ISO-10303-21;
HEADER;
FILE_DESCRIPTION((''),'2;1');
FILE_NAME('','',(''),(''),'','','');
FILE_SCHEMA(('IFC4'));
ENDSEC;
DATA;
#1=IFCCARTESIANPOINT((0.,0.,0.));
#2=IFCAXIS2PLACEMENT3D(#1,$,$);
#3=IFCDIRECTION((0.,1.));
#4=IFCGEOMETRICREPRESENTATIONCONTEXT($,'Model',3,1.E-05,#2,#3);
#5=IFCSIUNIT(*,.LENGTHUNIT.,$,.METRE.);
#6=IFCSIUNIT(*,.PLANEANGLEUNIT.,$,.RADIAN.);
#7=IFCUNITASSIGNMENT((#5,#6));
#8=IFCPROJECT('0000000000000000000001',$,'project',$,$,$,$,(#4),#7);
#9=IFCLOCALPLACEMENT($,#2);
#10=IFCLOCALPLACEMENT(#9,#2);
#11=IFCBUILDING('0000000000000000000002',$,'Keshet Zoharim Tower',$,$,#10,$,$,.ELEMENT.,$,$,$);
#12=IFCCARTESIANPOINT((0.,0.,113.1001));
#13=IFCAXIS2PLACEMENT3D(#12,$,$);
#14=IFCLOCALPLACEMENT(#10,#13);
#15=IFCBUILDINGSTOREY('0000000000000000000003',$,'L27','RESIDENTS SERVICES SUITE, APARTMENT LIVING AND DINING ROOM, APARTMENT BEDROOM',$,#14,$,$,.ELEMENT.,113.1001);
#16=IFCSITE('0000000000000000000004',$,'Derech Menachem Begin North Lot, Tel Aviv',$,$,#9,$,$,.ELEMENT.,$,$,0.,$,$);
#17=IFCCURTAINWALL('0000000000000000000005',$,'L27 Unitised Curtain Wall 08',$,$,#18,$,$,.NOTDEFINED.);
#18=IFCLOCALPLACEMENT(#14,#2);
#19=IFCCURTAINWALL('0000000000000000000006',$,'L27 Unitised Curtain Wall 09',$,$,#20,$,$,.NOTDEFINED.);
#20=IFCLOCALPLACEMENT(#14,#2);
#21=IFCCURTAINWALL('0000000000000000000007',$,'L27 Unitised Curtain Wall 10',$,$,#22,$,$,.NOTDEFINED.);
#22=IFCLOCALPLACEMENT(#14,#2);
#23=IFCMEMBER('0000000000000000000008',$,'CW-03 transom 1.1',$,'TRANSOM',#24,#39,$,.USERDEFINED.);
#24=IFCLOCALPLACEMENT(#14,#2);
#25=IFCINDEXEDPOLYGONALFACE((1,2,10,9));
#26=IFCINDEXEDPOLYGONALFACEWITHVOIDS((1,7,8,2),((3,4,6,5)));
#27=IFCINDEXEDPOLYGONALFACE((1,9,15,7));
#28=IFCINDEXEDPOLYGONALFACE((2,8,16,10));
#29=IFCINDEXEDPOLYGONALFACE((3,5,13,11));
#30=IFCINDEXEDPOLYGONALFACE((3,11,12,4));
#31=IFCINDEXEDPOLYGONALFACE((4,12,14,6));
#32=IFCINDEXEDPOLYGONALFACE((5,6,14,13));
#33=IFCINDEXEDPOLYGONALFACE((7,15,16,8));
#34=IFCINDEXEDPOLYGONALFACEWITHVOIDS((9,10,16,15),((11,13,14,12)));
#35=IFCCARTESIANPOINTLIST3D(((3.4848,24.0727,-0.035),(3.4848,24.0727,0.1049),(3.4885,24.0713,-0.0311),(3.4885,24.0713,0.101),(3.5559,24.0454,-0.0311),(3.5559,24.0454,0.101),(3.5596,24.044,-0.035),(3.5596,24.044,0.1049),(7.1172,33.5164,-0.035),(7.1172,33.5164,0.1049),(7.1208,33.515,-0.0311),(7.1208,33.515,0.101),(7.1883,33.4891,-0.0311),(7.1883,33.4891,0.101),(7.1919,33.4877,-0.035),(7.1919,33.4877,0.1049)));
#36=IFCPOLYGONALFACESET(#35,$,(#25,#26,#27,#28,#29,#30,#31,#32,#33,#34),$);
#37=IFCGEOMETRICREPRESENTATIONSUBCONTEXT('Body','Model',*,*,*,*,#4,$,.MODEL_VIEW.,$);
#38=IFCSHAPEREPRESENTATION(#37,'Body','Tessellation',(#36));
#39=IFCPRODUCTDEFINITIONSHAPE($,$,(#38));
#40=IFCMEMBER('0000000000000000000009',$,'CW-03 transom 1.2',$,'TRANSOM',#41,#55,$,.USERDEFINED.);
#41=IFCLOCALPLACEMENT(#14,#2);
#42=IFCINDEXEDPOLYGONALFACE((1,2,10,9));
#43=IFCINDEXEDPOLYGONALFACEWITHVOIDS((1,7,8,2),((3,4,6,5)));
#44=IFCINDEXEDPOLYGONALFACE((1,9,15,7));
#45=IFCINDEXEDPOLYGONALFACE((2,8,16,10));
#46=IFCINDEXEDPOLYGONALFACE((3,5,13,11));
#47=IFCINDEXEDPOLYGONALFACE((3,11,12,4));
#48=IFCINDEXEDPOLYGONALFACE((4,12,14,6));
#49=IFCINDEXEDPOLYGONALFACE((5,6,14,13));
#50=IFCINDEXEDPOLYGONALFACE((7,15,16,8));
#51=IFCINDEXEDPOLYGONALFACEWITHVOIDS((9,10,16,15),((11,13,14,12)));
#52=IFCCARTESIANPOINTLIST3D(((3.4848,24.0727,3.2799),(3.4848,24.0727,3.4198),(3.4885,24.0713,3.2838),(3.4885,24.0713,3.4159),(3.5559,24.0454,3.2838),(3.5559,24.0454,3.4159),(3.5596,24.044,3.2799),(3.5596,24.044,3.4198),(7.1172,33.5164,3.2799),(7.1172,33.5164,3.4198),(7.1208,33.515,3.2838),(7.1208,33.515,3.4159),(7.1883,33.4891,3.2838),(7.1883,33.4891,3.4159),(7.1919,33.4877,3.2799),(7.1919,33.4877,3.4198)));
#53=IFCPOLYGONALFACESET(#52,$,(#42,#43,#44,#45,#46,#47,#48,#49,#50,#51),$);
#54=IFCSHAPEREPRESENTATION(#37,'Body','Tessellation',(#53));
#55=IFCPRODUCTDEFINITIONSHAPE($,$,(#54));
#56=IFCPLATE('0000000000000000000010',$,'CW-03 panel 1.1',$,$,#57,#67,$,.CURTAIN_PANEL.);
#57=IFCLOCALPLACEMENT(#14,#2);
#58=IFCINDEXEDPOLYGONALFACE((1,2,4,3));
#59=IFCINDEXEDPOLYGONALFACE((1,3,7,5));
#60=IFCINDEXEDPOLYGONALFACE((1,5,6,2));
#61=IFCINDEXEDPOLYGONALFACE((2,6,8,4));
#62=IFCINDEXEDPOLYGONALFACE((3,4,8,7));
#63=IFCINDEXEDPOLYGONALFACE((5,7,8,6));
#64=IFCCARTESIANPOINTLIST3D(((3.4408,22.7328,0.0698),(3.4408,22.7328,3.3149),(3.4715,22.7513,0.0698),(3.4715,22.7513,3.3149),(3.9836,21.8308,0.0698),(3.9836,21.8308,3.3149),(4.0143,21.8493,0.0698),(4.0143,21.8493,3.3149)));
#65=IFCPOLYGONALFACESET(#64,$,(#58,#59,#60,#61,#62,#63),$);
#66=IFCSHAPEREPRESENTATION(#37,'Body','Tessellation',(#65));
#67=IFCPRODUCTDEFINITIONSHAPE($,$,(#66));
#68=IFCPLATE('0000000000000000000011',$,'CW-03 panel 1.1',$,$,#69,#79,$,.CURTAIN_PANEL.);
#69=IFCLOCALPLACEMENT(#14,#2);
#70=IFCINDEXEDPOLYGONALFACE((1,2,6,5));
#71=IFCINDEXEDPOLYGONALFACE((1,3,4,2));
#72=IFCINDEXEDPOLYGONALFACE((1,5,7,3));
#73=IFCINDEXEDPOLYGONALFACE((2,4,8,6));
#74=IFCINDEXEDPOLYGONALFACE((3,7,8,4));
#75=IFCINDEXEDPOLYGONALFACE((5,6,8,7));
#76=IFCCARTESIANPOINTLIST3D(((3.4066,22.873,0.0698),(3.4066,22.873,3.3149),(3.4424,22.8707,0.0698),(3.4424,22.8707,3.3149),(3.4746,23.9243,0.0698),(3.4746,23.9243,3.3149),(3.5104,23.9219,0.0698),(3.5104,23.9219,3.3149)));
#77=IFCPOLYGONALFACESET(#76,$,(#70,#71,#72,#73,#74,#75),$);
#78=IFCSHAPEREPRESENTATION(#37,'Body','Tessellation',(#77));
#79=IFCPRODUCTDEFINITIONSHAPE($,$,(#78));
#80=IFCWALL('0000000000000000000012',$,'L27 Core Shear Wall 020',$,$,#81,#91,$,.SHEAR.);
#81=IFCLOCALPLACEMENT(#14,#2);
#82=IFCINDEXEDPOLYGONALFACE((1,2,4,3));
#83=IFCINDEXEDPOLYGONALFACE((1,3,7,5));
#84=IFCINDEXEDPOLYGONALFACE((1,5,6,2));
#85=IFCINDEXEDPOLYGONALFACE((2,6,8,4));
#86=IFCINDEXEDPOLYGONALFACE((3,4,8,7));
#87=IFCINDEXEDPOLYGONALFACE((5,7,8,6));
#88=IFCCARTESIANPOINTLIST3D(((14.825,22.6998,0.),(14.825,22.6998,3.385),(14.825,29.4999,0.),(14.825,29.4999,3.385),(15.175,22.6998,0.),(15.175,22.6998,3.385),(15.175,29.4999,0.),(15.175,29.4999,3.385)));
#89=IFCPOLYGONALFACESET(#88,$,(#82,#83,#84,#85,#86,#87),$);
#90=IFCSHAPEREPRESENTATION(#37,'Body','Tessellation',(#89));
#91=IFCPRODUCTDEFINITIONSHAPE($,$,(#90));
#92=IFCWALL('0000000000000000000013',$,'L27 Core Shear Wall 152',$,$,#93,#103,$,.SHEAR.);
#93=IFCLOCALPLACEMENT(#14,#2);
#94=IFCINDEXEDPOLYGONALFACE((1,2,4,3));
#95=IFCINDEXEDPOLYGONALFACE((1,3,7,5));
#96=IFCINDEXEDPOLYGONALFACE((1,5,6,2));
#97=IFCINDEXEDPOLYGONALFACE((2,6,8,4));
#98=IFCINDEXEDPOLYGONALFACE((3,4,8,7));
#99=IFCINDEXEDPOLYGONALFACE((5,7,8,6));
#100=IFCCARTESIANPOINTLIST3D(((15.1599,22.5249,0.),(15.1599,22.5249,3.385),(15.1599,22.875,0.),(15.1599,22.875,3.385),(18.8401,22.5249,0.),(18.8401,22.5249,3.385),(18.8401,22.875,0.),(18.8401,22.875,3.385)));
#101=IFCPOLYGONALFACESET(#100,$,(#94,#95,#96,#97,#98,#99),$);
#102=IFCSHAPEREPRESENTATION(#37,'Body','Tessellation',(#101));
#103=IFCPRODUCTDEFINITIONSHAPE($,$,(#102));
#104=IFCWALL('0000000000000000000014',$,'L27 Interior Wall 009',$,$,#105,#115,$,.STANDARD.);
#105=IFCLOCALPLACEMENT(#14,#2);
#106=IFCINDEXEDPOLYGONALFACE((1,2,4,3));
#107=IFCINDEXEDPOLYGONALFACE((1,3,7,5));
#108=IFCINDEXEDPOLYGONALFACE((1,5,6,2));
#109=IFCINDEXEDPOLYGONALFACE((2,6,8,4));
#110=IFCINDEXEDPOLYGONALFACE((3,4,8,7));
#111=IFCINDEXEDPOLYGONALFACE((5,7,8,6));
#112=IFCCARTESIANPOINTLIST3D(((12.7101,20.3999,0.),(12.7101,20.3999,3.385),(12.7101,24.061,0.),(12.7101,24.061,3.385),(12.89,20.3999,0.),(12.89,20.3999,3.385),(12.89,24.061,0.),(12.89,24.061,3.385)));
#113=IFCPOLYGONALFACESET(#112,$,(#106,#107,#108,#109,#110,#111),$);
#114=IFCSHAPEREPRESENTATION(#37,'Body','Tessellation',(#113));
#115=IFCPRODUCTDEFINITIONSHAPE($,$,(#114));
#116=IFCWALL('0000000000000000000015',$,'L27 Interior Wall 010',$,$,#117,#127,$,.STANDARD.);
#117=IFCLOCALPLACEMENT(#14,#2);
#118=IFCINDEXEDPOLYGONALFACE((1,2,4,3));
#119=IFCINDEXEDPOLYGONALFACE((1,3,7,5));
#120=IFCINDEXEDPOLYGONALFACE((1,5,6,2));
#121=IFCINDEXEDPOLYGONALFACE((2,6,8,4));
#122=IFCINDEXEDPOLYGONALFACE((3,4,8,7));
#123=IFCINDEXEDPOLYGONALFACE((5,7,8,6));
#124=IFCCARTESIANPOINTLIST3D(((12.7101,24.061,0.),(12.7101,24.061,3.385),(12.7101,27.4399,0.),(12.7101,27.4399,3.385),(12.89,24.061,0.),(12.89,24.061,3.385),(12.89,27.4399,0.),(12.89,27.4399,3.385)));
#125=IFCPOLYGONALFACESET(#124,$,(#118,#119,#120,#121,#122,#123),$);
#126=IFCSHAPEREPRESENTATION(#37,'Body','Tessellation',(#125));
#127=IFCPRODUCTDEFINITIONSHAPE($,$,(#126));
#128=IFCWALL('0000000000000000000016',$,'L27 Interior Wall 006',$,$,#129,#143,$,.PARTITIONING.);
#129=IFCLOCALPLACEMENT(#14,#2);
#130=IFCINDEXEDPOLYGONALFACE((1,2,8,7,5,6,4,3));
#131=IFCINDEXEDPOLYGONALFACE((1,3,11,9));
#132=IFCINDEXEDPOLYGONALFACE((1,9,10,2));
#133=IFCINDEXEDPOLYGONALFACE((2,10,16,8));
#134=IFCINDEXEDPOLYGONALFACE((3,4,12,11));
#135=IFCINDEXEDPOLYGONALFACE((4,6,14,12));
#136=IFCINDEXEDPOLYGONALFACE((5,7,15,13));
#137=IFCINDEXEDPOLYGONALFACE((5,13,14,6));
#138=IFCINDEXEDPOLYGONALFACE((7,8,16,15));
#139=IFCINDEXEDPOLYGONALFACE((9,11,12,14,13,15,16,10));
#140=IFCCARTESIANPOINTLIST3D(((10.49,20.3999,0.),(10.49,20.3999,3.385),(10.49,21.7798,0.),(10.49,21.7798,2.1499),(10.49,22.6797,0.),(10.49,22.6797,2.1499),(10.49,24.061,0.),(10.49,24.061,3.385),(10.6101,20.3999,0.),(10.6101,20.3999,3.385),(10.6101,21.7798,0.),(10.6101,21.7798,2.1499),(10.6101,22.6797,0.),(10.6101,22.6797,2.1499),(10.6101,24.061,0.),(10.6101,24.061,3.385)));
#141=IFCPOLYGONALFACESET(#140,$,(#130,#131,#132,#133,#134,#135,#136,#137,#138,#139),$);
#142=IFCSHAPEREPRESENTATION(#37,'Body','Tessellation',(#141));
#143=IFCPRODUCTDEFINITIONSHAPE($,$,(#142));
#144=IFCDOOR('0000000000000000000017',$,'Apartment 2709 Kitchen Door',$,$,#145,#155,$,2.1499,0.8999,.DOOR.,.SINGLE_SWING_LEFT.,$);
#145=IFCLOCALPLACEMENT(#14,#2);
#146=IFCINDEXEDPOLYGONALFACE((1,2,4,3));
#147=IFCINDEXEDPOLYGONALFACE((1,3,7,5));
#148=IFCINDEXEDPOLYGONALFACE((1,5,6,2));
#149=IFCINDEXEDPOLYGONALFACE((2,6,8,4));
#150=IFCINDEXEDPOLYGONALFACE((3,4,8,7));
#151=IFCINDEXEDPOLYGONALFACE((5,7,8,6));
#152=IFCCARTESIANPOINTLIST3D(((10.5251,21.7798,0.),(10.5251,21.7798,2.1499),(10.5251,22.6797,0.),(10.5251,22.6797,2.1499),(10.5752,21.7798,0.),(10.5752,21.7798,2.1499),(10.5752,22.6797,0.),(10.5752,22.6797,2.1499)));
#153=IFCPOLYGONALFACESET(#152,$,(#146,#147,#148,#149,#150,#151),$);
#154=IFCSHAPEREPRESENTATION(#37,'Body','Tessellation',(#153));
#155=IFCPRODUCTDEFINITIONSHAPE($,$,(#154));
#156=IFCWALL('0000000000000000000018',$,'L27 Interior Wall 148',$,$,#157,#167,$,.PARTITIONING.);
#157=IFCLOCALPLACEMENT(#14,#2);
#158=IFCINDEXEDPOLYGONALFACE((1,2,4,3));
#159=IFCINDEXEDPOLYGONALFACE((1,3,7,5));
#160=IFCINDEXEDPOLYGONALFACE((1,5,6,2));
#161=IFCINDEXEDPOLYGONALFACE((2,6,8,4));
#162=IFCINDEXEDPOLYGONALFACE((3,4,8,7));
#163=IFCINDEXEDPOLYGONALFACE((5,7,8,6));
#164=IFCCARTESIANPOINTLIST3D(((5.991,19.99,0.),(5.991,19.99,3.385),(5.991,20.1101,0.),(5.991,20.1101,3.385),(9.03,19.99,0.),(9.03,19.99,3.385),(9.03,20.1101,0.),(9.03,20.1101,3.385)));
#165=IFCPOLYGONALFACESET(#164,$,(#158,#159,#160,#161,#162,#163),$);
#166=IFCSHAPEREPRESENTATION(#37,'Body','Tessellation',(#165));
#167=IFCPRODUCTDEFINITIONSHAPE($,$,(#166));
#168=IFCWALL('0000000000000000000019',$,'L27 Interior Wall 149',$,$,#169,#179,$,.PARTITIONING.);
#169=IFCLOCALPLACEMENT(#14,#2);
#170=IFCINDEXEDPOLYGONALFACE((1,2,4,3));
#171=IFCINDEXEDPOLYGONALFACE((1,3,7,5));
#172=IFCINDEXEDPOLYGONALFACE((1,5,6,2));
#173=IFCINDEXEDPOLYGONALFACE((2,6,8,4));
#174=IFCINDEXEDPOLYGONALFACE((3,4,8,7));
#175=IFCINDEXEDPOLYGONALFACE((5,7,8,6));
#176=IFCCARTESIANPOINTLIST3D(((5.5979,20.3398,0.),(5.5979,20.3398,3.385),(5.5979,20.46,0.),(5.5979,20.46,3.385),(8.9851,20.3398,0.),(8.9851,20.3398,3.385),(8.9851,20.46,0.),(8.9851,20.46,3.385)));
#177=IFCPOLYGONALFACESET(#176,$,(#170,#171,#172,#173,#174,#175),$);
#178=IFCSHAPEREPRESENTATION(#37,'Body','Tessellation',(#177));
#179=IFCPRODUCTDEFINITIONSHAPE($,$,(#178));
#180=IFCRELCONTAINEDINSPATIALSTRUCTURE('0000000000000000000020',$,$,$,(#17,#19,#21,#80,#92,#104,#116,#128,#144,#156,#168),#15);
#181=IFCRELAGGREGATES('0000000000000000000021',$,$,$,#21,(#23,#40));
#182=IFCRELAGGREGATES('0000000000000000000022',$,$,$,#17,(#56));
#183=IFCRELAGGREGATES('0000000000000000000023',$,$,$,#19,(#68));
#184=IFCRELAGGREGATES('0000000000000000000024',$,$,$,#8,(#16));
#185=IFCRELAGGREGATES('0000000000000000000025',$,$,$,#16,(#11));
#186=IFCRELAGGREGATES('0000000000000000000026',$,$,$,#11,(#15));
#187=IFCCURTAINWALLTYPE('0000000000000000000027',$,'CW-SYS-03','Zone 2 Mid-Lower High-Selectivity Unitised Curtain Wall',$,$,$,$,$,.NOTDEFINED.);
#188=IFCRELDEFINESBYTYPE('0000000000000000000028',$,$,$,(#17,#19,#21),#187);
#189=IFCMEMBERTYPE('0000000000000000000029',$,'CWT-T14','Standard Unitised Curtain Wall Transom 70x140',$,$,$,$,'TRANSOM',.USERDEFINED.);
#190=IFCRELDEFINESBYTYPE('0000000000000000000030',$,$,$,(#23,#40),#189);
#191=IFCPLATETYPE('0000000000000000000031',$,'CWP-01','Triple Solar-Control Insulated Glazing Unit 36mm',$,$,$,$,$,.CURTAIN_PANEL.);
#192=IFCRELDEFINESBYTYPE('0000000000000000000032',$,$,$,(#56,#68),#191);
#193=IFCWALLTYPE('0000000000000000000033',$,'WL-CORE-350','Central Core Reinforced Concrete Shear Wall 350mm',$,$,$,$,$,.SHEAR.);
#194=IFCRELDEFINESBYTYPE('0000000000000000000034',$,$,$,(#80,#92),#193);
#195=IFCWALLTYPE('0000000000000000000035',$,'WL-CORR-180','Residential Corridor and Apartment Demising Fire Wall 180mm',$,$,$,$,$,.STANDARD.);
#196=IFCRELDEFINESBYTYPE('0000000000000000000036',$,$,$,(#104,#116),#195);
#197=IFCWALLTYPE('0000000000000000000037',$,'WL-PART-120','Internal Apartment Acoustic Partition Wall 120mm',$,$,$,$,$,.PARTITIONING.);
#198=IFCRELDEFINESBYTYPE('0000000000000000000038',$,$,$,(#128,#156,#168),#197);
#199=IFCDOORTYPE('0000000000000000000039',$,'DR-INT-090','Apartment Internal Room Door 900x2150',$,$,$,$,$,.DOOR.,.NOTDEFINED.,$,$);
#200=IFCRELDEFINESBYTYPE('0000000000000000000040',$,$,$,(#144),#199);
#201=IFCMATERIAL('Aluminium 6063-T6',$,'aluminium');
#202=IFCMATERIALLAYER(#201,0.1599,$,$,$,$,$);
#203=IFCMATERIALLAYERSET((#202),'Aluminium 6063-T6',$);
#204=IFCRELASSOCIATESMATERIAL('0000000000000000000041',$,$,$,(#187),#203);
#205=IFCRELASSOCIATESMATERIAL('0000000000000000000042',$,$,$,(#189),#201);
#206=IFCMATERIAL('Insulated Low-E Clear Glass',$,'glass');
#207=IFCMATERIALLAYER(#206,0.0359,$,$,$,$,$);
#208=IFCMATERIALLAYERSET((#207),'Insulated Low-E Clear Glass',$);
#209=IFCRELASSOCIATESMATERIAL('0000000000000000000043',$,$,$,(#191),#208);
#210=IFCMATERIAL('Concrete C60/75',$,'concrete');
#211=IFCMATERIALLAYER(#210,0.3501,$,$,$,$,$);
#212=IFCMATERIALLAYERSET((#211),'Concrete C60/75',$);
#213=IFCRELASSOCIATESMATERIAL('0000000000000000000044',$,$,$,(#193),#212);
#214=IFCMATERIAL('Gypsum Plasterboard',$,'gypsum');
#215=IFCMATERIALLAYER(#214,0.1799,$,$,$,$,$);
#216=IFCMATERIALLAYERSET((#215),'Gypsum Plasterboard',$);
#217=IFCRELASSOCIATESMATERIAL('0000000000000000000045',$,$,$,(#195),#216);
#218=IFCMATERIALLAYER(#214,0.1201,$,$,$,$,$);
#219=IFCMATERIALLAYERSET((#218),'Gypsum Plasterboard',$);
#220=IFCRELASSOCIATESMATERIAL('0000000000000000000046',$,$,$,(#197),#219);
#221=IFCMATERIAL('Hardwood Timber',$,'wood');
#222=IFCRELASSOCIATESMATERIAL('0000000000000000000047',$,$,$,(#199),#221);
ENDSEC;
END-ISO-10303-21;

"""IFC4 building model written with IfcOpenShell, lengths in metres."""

from ifc_helpers import new_model, si_unit, direction, frame, frame_2d, origin, origin_2d, place, context, subcontext, project, spatial, rectangle, hollow_rectangle, extrude, material, layer, layer_set, material_profile, profile_set, type_object, element, fill, aggregate, save


model = new_model("IFC4")

# Units and contexts
model_context = context("Model", 3, precision=1e-05, world=origin(), true_north=direction((0.0, 1.0)))
body_context = subcontext(model_context, "Body", "Model", "MODEL_VIEW")
ifc_project = project(units=[si_unit("LENGTHUNIT", "METRE"), si_unit("PLANEANGLEUNIT", "RADIAN")], contexts=[model_context])

# Site, building, storey
site_placement = place(None, origin())
site = spatial("IfcSite", under=ifc_project, at=site_placement, Name="Derech Menachem Begin North Lot, Tel Aviv", CompositionType="ELEMENT", RefElevation=0.0)
building_placement = place(site_placement, origin())
building = spatial("IfcBuilding", under=site, at=building_placement, Name="Keshet Zoharim Tower", CompositionType="ELEMENT")
storey_placement = place(building_placement, frame((0.0, 0.0, 113.1001)))
storey = spatial("IfcBuildingStorey", under=building, at=storey_placement, Name="L27", Description="RESIDENTS SERVICES SUITE, APARTMENT LIVING AND DINING ROOM, APARTMENT BEDROOM", CompositionType="ELEMENT", Elevation=113.1001)

# Shared definitions
ifc_material_1 = material(Name="Concrete C60/75", Category="concrete")

# Shared definitions
ifc_material_2 = material(Name="Aluminium 6063-T6", Category="aluminium")
ifc_layer_1 = layer(ifc_material_2, 0.1599)
ifc_layer_set_1 = layer_set([ifc_layer_1], Name="Aluminium 6063-T6")
curtain_wall_type = type_object("IfcCurtainWallType", Name="CW-SYS-03", Description="Zone 2 Mid-Lower High-Selectivity Unitised Curtain Wall", PredefinedType="NOTDEFINED", material=ifc_layer_set_1)

# Curtain walls
curtain_wall_1_placement = place(storey_placement, origin())
curtain_wall_1 = element("IfcCurtainWall", 1, at=curtain_wall_1_placement, inside=storey, type_object=curtain_wall_type, Name="L27 Unitised Curtain Wall 08", PredefinedType="NOTDEFINED")
curtain_wall_2_placement = place(storey_placement, origin())
curtain_wall_2 = element("IfcCurtainWall", 2, at=curtain_wall_2_placement, inside=storey, type_object=curtain_wall_type, Name="L27 Unitised Curtain Wall 09", PredefinedType="NOTDEFINED")

# Curtain wall
curtain_wall_3_placement = place(storey_placement, origin())
curtain_wall_3 = element("IfcCurtainWall", 3, at=curtain_wall_3_placement, inside=storey, type_object=curtain_wall_type, Name="L27 Unitised Curtain Wall 10", PredefinedType="NOTDEFINED")

# Members
ifc_material_profile_1 = material_profile(ifc_material_2, hollow_rectangle(XDim=0.0801, YDim=0.1399, WallThickness=0.0039, at=origin_2d()), Name="TRN-80x140")
ifc_profile_set_1 = profile_set([ifc_material_profile_1], Name="Aluminium 6063-T6")
member_type_1 = type_object("IfcMemberType", Name="CWT-T14", Description="Standard Unitised Curtain Wall Transom 70x140", ElementType="TRANSOM", PredefinedType="USERDEFINED", material=ifc_profile_set_1)
member_1_placement = place(storey_placement, frame((3.5222, 24.0583, 0.0349), z_axis=(0.358994, 0.93334, 0.0), x_axis=(-0.93334, 0.358994, 0.0)))
member_1 = element("IfcMember", 4, at=member_1_placement, type_object=member_type_1, Name="CW-03 transom 1.1", ObjectType="TRANSOM", PredefinedType="USERDEFINED", context=body_context, shape_type="SweptSolid", body=[
    extrude(hollow_rectangle(XDim=0.0801, YDim=0.1399, WallThickness=0.0039, at=origin_2d()), origin(), (0.0, 0.0, 1.0), 10.1182),
])
member_2_placement = place(storey_placement, frame((3.5222, 24.0583, 3.3499), z_axis=(0.358994, 0.93334, 0.0), x_axis=(-0.93334, 0.358994, 0.0)))
member_2 = element("IfcMember", 5, at=member_2_placement, type_object=member_type_1, Name="CW-03 transom 1.2", ObjectType="TRANSOM", PredefinedType="USERDEFINED", context=body_context, shape_type="SweptSolid", body=[
    extrude(hollow_rectangle(XDim=0.0801, YDim=0.1399, WallThickness=0.0039, at=origin_2d()), origin(), (0.0, 0.0, 1.0), 10.1182),
])
aggregate(curtain_wall_3, [member_1, member_2])

# Plates
ifc_material_3 = material(Name="Insulated Low-E Clear Glass", Category="glass")
ifc_layer_2 = layer(ifc_material_3, 0.0359)
ifc_layer_set_2 = layer_set([ifc_layer_2], Name="Insulated Low-E Clear Glass")
plate_type = type_object("IfcPlateType", Name="CWP-01", Description="Triple Solar-Control Insulated Glazing Unit 36mm", PredefinedType="CURTAIN_PANEL", material=ifc_layer_set_2)
plate_1_placement = place(storey_placement, frame((3.7275, 22.291, 0.0698), z_axis=(0.0, 0.0, 1.0), x_axis=(-0.515605, 0.856826, 0.0)))
plate_1 = element("IfcPlate", 6, at=plate_1_placement, type_object=plate_type, Name="CW-03 panel 1.1", PredefinedType="CURTAIN_PANEL", context=body_context, shape_type="SweptSolid", body=[
    extrude(rectangle(XDim=1.0527, YDim=0.0359, at=origin_2d()), origin(), (0.0, 0.0, 1.0), 3.2451),
])
aggregate(curtain_wall_1, [plate_1])
plate_2_placement = place(storey_placement, frame((3.4585, 23.3975, 0.0698), z_axis=(0.0, 0.0, 1.0), x_axis=(0.064517, 0.997917, 0.0)))
plate_2 = element("IfcPlate", 7, at=plate_2_placement, type_object=plate_type, Name="CW-03 panel 1.1", PredefinedType="CURTAIN_PANEL", context=body_context, shape_type="SweptSolid", body=[
    extrude(rectangle(XDim=1.0535, YDim=0.0359, at=origin_2d()), origin(), (0.0, 0.0, 1.0), 3.2451),
])
aggregate(curtain_wall_2, [plate_2])

# Walls
ifc_layer_3 = layer(ifc_material_1, 0.3501)
ifc_layer_set_3 = layer_set([ifc_layer_3], Name="Concrete C60/75")
wall_type_1 = type_object("IfcWallType", Name="WL-CORE-350", Description="Central Core Reinforced Concrete Shear Wall 350mm", PredefinedType="SHEAR", material=ifc_layer_set_3)
wall_1_placement = place(storey_placement, frame((15.0, 22.7, 0.0), z_axis=(0.0, 0.0, 1.0), x_axis=(0.0, 1.0, 0.0)))
element("IfcWall", 8, at=wall_1_placement, inside=storey, type_object=wall_type_1, Name="L27 Core Shear Wall 020", PredefinedType="SHEAR", context=body_context, shape_type="SweptSolid", body=[
    extrude(rectangle(XDim=6.8, YDim=0.3501, at=frame_2d((3.3999, 0.0))), origin(), (0.0, 0.0, 1.0), 3.385),
])
wall_2_placement = place(storey_placement, frame((15.1599, 22.7, 0.0), z_axis=(0.0, 0.0, 1.0), x_axis=(1.0, 0.0, 0.0)))
element("IfcWall", 9, at=wall_2_placement, inside=storey, type_object=wall_type_1, Name="L27 Core Shear Wall 152", PredefinedType="SHEAR", context=body_context, shape_type="SweptSolid", body=[
    extrude(rectangle(XDim=3.6802, YDim=0.3501, at=frame_2d((1.8401, 0.0))), origin(), (0.0, 0.0, 1.0), 3.385),
])
ifc_material_4 = material(Name="Gypsum Plasterboard", Category="gypsum")
ifc_layer_4 = layer(ifc_material_4, 0.1799)
ifc_layer_set_4 = layer_set([ifc_layer_4], Name="Gypsum Plasterboard")
wall_type_2 = type_object("IfcWallType", Name="WL-CORR-180", Description="Residential Corridor and Apartment Demising Fire Wall 180mm", PredefinedType="STANDARD", material=ifc_layer_set_4)
wall_3_placement = place(storey_placement, frame((12.8, 20.3999, 0.0), z_axis=(0.0, 0.0, 1.0), x_axis=(0.0, 1.0, 0.0)))
element("IfcWall", 10, at=wall_3_placement, inside=storey, type_object=wall_type_2, Name="L27 Interior Wall 009", PredefinedType="STANDARD", context=body_context, shape_type="SweptSolid", body=[
    extrude(rectangle(XDim=3.6611, YDim=0.1799, at=frame_2d((1.8306, 0.0))), origin(), (0.0, 0.0, 1.0), 3.385),
])
wall_4_placement = place(storey_placement, frame((12.8, 24.061, 0.0), z_axis=(0.0, 0.0, 1.0), x_axis=(0.0, 1.0, 0.0)))
element("IfcWall", 11, at=wall_4_placement, inside=storey, type_object=wall_type_2, Name="L27 Interior Wall 010", PredefinedType="STANDARD", context=body_context, shape_type="SweptSolid", body=[
    extrude(rectangle(XDim=3.3789, YDim=0.1799, at=frame_2d((1.6895, 0.0))), origin(), (0.0, 0.0, 1.0), 3.385),
])

# Shared definitions
ifc_layer_5 = layer(ifc_material_4, 0.1201)
ifc_layer_set_5 = layer_set([ifc_layer_5], Name="Gypsum Plasterboard")
wall_type_3 = type_object("IfcWallType", Name="WL-PART-120", Description="Internal Apartment Acoustic Partition Wall 120mm", PredefinedType="PARTITIONING", material=ifc_layer_set_5)
ifc_material_5 = material(Name="Hardwood Timber", Category="wood")
door_type_1 = type_object("IfcDoorType", Name="DR-INT-090", Description="Apartment Internal Room Door 900x2150", OperationType="NOTDEFINED", PredefinedType="DOOR", material=ifc_material_5)

# Wall, opening, door
wall_5_placement = place(storey_placement, frame((10.55, 20.3999, 0.0), z_axis=(0.0, 0.0, 1.0), x_axis=(0.0, 1.0, 0.0)))
wall_5 = element("IfcWall", 12, at=wall_5_placement, inside=storey, type_object=wall_type_3, Name="L27 Interior Wall 006", PredefinedType="PARTITIONING", context=body_context, shape_type="SweptSolid", body=[
    extrude(rectangle(XDim=3.6611, YDim=0.1201, at=frame_2d((1.8306, 0.0))), origin(), (0.0, 0.0, 1.0), 3.385),
])
opening_1_placement = place(wall_5_placement, frame((1.3799, 0.0, 0.0)))
opening_1 = element("IfcOpeningElement", 13, at=opening_1_placement, cuts=wall_5, PredefinedType="OPENING", context=body_context, shape_type="SweptSolid", body=[
    extrude(rectangle(XDim=0.8999, YDim=2.1499, at=frame_2d((0.45, 1.075))), frame((0.0, 0.0701, 0.0), z_axis=(0.0, -1.0, 0.0), x_axis=(1.0, 0.0, 0.0)), (0.0, 0.0, 1.0), 0.1401),
])
door_1_placement = place(opening_1_placement, origin())
door_1 = element("IfcDoor", 14, at=door_1_placement, inside=storey, type_object=door_type_1, Name="Apartment 2709 Kitchen Door", OperationType="SINGLE_SWING_LEFT", OverallHeight=2.1499, OverallWidth=0.8999, PredefinedType="DOOR", context=body_context, shape_type="SweptSolid", body=[
    extrude(rectangle(XDim=0.8999, YDim=2.1499, at=frame_2d((0.45, 1.075))), frame((0.0, 0.0249, 0.0), z_axis=(0.0, -1.0, 0.0), x_axis=(1.0, 0.0, 0.0)), (0.0, 0.0, 1.0), 0.05),
])
fill(opening_1, door_1)

# Walls
wall_6_placement = place(storey_placement, frame((5.991, 20.05, 0.0), z_axis=(0.0, 0.0, 1.0), x_axis=(1.0, 0.0, 0.0)))
element("IfcWall", 15, at=wall_6_placement, inside=storey, type_object=wall_type_3, Name="L27 Interior Wall 148", PredefinedType="PARTITIONING", context=body_context, shape_type="SweptSolid", body=[
    extrude(rectangle(XDim=3.0391, YDim=0.1201, at=frame_2d((1.5195, 0.0))), origin(), (0.0, 0.0, 1.0), 3.385),
])
wall_7_placement = place(storey_placement, frame((5.5979, 20.3999, 0.0), z_axis=(0.0, 0.0, 1.0), x_axis=(1.0, 0.0, 0.0)))
element("IfcWall", 16, at=wall_7_placement, inside=storey, type_object=wall_type_3, Name="L27 Interior Wall 149", PredefinedType="PARTITIONING", context=body_context, shape_type="SweptSolid", body=[
    extrude(rectangle(XDim=3.3872, YDim=0.1201, at=frame_2d((1.6936, 0.0))), origin(), (0.0, 0.0, 1.0), 3.385),
])

save(model, "model.ifc")
